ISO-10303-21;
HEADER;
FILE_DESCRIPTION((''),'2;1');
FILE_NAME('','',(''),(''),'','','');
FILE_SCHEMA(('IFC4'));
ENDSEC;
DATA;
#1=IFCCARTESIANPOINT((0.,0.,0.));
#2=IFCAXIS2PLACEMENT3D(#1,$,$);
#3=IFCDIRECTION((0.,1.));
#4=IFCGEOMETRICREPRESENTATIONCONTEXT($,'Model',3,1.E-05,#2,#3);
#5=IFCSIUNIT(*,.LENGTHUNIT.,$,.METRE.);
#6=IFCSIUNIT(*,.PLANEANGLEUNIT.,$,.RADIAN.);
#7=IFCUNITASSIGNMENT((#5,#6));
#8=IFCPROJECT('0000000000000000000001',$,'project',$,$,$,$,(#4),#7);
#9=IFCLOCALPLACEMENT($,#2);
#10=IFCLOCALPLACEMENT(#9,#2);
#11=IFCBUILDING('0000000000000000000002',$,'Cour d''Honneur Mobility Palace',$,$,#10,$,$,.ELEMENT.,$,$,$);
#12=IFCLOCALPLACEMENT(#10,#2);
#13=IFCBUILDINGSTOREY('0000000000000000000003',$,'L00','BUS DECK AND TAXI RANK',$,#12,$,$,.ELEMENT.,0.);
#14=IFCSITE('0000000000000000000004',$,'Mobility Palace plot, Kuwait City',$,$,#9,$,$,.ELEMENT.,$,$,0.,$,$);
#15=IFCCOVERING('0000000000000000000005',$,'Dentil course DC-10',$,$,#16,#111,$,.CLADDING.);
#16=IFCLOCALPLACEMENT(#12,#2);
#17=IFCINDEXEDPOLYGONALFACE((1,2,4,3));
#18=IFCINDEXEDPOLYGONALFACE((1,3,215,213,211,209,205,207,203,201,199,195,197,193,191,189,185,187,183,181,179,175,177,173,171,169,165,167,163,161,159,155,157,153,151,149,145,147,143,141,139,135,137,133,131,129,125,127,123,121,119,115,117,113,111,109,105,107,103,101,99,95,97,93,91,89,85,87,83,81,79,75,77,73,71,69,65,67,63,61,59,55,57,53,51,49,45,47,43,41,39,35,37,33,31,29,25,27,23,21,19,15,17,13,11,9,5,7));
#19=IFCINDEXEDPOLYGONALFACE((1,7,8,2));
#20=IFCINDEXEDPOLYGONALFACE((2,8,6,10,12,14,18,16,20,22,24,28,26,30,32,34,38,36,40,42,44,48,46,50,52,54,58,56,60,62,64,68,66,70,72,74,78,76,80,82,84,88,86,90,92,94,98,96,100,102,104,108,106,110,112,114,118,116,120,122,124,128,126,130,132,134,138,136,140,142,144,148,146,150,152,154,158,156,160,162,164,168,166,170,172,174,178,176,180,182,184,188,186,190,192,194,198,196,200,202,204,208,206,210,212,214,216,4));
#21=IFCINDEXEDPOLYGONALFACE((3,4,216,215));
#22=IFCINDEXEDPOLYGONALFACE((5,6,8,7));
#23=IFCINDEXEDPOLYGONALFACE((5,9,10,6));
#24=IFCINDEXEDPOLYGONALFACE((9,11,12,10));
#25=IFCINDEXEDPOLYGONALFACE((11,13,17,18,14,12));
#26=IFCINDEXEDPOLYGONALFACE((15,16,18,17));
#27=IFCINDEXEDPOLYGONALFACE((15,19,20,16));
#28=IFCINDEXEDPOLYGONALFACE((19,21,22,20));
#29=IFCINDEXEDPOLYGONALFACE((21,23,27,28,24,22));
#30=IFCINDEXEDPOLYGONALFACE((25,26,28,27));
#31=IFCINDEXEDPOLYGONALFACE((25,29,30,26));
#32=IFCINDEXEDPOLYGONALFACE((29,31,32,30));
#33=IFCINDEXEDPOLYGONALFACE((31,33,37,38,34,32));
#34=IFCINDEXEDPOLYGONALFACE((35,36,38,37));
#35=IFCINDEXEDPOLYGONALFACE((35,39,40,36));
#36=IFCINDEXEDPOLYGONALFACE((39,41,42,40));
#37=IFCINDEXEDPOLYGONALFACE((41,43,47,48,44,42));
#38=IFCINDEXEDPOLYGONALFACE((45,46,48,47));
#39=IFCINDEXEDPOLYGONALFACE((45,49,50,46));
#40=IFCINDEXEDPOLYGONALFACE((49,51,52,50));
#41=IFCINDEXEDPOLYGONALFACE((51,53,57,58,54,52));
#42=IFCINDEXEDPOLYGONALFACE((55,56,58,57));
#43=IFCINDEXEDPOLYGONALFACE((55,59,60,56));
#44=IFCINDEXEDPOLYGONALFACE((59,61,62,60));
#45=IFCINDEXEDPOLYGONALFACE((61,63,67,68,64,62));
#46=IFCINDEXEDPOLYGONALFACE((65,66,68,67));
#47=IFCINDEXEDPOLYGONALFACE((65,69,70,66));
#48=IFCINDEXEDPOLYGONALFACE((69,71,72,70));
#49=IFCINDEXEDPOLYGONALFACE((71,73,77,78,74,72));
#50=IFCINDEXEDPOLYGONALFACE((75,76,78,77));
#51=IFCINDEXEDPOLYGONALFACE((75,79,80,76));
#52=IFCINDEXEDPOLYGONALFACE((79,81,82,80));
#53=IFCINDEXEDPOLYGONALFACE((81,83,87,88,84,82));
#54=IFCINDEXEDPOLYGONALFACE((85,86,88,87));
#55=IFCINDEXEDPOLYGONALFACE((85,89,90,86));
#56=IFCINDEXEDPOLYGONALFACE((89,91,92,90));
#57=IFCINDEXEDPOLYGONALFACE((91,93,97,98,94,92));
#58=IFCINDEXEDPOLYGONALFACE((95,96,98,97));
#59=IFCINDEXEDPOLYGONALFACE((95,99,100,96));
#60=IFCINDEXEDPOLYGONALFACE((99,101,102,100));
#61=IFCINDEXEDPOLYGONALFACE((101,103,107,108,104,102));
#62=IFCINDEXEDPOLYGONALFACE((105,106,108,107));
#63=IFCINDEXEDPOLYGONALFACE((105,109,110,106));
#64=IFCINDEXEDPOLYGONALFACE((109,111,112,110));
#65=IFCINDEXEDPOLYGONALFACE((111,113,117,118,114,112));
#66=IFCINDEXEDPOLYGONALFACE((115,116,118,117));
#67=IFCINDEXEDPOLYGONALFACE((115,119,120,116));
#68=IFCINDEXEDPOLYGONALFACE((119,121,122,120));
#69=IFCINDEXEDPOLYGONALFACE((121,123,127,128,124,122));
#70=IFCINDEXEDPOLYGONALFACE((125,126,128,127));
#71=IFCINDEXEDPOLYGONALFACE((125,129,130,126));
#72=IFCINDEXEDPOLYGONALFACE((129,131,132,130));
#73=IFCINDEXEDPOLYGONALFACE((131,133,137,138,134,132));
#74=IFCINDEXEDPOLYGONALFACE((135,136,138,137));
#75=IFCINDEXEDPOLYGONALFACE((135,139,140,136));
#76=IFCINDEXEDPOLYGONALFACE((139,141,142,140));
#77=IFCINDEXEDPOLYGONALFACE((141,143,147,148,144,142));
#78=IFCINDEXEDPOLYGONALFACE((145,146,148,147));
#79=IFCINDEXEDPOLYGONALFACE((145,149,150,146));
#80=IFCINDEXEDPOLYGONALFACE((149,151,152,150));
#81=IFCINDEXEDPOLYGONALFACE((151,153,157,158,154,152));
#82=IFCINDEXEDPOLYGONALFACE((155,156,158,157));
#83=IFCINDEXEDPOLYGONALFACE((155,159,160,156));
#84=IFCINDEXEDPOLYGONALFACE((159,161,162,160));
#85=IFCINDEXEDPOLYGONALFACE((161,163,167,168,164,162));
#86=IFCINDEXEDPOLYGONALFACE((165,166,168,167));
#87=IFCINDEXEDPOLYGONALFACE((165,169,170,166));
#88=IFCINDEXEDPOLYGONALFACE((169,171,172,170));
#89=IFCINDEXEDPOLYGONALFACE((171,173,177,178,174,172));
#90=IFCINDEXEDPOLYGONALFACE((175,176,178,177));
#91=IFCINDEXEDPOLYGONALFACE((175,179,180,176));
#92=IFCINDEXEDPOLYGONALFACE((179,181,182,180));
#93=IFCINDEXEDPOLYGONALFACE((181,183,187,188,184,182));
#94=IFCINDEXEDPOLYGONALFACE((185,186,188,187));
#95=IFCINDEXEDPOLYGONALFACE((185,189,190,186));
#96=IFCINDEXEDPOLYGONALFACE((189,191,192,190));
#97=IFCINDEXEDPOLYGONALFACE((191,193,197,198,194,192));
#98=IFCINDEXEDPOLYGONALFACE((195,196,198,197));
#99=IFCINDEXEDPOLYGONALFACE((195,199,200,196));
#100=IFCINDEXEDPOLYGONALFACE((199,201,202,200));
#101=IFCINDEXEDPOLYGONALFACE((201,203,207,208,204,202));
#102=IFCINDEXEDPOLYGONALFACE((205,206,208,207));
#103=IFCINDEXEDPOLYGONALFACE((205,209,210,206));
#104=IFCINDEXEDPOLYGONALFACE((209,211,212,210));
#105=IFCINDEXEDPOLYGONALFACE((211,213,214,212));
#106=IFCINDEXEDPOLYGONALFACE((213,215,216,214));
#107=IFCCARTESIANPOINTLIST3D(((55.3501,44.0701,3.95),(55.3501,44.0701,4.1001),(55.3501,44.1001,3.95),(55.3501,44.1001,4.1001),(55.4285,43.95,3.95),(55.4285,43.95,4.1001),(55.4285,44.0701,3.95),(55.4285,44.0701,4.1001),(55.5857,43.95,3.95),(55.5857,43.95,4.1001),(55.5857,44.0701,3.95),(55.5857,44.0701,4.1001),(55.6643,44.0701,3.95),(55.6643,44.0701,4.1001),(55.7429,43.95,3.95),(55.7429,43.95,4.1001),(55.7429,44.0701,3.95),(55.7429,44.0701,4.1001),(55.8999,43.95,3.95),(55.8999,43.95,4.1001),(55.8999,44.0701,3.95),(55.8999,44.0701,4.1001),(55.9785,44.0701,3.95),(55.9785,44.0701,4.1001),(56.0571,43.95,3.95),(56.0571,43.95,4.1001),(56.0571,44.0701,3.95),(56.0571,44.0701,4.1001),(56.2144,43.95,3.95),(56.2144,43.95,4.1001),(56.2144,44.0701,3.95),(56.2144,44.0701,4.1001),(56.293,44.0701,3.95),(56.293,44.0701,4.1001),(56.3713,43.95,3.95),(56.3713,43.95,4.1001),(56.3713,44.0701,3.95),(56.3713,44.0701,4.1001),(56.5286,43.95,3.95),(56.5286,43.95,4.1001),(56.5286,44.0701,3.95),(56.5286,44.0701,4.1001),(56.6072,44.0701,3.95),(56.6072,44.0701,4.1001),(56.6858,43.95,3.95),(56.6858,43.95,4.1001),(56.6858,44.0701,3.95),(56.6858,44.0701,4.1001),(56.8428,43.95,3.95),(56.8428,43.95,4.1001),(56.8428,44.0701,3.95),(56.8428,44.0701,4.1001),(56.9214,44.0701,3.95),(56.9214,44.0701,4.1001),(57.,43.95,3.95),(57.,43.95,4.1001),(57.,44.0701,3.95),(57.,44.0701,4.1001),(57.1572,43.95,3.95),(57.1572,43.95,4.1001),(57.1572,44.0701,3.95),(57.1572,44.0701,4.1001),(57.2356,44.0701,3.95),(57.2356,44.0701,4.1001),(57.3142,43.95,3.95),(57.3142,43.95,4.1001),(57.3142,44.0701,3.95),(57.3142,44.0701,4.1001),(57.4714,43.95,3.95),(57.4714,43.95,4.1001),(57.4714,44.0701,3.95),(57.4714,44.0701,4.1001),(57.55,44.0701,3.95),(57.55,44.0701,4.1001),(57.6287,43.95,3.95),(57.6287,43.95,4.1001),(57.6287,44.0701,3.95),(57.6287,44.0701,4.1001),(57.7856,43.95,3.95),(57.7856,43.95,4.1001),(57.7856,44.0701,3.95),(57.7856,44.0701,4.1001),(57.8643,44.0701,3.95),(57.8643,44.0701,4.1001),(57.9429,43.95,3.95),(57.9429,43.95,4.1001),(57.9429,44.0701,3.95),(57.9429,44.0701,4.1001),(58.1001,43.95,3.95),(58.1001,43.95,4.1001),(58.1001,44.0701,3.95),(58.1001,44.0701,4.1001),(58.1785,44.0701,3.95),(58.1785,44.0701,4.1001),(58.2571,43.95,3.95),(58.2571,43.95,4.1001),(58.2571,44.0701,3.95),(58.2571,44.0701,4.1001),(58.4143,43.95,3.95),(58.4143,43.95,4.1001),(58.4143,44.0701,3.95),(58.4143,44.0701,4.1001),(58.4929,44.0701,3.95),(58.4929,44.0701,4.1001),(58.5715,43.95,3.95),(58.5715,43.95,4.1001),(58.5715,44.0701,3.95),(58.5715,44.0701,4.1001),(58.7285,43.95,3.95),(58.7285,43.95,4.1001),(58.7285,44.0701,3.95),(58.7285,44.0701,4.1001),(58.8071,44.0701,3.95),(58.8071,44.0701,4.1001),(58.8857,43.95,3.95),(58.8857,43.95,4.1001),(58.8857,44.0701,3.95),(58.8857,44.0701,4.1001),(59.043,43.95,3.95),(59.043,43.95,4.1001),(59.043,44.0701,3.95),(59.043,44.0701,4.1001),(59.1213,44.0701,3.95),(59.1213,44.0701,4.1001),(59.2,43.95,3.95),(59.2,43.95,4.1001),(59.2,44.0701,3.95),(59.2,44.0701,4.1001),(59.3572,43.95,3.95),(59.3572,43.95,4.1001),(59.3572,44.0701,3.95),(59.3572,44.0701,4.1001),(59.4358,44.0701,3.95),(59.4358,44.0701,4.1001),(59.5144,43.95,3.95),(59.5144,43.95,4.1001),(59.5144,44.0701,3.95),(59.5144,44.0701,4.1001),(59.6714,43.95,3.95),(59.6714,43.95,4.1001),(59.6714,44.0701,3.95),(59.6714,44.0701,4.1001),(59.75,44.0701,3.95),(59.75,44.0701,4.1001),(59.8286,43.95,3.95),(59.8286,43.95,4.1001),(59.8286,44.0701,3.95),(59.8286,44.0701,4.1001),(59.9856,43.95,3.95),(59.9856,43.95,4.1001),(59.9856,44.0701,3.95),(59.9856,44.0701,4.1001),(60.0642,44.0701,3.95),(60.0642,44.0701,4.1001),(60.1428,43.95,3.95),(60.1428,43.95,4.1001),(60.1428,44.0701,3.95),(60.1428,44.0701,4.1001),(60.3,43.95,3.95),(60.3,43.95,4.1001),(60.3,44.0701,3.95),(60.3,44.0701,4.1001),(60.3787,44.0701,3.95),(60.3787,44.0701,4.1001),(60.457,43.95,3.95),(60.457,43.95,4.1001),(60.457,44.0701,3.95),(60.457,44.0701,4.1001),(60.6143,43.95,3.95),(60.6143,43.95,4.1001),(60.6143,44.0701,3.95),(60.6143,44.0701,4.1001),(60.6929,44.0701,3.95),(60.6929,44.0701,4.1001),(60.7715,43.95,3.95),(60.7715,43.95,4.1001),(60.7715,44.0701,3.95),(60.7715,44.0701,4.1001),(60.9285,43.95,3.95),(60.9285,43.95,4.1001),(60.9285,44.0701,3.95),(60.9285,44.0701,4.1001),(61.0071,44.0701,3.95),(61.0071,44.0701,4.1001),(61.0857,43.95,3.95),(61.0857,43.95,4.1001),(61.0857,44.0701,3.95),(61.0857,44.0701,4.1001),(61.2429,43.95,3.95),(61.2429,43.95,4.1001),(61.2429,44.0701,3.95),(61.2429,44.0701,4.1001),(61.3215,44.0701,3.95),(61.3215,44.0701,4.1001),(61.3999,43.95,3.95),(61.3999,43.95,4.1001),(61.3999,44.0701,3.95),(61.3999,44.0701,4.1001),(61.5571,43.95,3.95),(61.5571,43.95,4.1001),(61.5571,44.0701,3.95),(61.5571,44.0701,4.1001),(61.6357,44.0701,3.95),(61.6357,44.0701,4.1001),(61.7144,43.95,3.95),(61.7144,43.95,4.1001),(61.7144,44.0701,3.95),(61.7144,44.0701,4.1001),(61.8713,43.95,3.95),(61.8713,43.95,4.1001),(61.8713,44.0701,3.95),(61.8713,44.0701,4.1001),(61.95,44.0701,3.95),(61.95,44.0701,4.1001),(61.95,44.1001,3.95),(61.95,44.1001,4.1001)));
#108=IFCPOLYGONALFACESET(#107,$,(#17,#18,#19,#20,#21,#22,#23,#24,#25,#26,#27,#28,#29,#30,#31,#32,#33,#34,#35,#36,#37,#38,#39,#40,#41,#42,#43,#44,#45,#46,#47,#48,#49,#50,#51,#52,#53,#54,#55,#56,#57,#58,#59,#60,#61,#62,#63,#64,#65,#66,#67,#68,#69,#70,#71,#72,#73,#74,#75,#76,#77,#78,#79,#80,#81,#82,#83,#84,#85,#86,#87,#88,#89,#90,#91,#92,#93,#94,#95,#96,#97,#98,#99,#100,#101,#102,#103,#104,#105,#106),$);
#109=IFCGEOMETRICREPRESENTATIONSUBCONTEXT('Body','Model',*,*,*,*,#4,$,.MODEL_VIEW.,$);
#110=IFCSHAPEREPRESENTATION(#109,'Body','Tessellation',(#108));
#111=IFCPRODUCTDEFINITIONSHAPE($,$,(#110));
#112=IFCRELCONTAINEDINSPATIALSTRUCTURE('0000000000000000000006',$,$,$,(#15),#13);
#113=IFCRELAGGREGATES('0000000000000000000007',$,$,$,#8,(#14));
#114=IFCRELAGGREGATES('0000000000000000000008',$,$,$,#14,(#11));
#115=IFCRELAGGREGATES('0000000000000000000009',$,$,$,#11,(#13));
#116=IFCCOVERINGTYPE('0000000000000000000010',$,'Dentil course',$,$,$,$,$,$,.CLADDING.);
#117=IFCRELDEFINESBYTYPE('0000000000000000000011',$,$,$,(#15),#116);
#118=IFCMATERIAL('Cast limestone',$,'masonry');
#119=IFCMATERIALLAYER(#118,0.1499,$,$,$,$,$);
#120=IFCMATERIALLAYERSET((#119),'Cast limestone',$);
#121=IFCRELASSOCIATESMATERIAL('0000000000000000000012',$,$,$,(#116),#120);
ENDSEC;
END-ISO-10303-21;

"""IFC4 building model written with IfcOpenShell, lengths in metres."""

from ifc_helpers import new_model, si_unit, direction, frame, origin, place, context, subcontext, project, spatial, polyline, outline, extrude, material, layer, layer_set, type_object, element, save


model = new_model("IFC4")

# Units and contexts
model_context = context("Model", 3, precision=1e-05, world=origin(), true_north=direction((0.0, 1.0)))
body_context = subcontext(model_context, "Body", "Model", "MODEL_VIEW")
ifc_project = project(units=[si_unit("LENGTHUNIT", "METRE"), si_unit("PLANEANGLEUNIT", "RADIAN")], contexts=[model_context])

# Site, building, storey
site_placement = place(None, origin())
site = spatial("IfcSite", under=ifc_project, at=site_placement, Name="Mobility Palace plot, Kuwait City", CompositionType="ELEMENT", RefElevation=0.0)
building_placement = place(site_placement, origin())
building = spatial("IfcBuilding", under=site, at=building_placement, Name="Cour d'Honneur Mobility Palace", CompositionType="ELEMENT")
storey_placement = place(building_placement, origin())
storey = spatial("IfcBuildingStorey", under=building, at=storey_placement, Name="L00", Description="BUS DECK AND TAXI RANK", CompositionType="ELEMENT", Elevation=0.0)

# Covering
ifc_material = material(Name="Cast limestone", Category="masonry")
ifc_layer = layer(ifc_material, 0.1499)
ifc_layer_set = layer_set([ifc_layer], Name="Cast limestone")
covering_type = type_object("IfcCoveringType", Name="Dentil course", PredefinedType="CLADDING", material=ifc_layer_set)
covering_1_placement = place(storey_placement, frame((0.0, 0.0, 3.95)))
element("IfcCovering", 1, at=covering_1_placement, inside=storey, type_object=covering_type, Name="Dentil course DC-10", PredefinedType="CLADDING", context=body_context, shape_type="SweptSolid", body=[
    extrude(outline(polyline([(55.3501, 44.1001), (61.95, 44.1001), (61.95, 44.0701), (61.95, 44.0701), (61.8713, 44.0701), (61.8713, 43.95), (61.7144, 43.95), (61.7144, 44.0701), (61.6357, 44.0701), (61.6357, 44.0701), (61.5571, 44.0701), (61.5571, 43.95), (61.3999, 43.95), (61.3999, 44.0701), (61.3215, 44.0701), (61.3215, 44.0701), (61.2429, 44.0701), (61.2429, 43.95), (61.0857, 43.95), (61.0857, 44.0701), (61.0071, 44.0701), (61.0071, 44.0701), (60.9285, 44.0701), (60.9285, 43.95), (60.7715, 43.95), (60.7715, 44.0701), (60.6929, 44.0701), (60.6929, 44.0701), (60.6143, 44.0701), (60.6143, 43.95), (60.457, 43.95), (60.457, 44.0701), (60.3787, 44.0701), (60.3787, 44.0701), (60.3, 44.0701), (60.3, 43.95), (60.1428, 43.95), (60.1428, 44.0701), (60.0642, 44.0701), (60.0642, 44.0701), (59.9856, 44.0701), (59.9856, 43.95), (59.8286, 43.95), (59.8286, 44.0701), (59.75, 44.0701), (59.75, 44.0701), (59.6714, 44.0701), (59.6714, 43.95), (59.5144, 43.95), (59.5144, 44.0701), (59.4358, 44.0701), (59.4358, 44.0701), (59.3572, 44.0701), (59.3572, 43.95), (59.2, 43.95), (59.2, 44.0701), (59.1213, 44.0701), (59.1213, 44.0701), (59.043, 44.0701), (59.043, 43.95), (58.8857, 43.95), (58.8857, 44.0701), (58.8071, 44.0701), (58.8071, 44.0701), (58.7285, 44.0701), (58.7285, 43.95), (58.5715, 43.95), (58.5715, 44.0701), (58.4929, 44.0701), (58.4929, 44.0701), (58.4143, 44.0701), (58.4143, 43.95), (58.2571, 43.95), (58.2571, 44.0701), (58.1785, 44.0701), (58.1785, 44.0701), (58.1001, 44.0701), (58.1001, 43.95), (57.9429, 43.95), (57.9429, 44.0701), (57.8643, 44.0701), (57.8643, 44.0701), (57.7856, 44.0701), (57.7856, 43.95), (57.6287, 43.95), (57.6287, 44.0701), (57.55, 44.0701), (57.55, 44.0701), (57.4714, 44.0701), (57.4714, 43.95), (57.3142, 43.95), (57.3142, 44.0701), (57.2356, 44.0701), (57.2356, 44.0701), (57.1572, 44.0701), (57.1572, 43.95), (57.0, 43.95), (57.0, 44.0701), (56.9214, 44.0701), (56.9214, 44.0701), (56.8428, 44.0701), (56.8428, 43.95), (56.6858, 43.95), (56.6858, 44.0701), (56.6072, 44.0701), (56.6072, 44.0701), (56.5286, 44.0701), (56.5286, 43.95), (56.3713, 43.95), (56.3713, 44.0701), (56.293, 44.0701), (56.293, 44.0701), (56.2144, 44.0701), (56.2144, 43.95), (56.0571, 43.95), (56.0571, 44.0701), (55.9785, 44.0701), (55.9785, 44.0701), (55.8999, 44.0701), (55.8999, 43.95), (55.7429, 43.95), (55.7429, 44.0701), (55.6643, 44.0701), (55.6643, 44.0701), (55.5857, 44.0701), (55.5857, 43.95), (55.4285, 43.95), (55.4285, 44.0701), (55.3501, 44.0701), (55.3501, 44.1001)])), origin(), (0.0, 0.0, 1.0), 0.1501),
])

save(model, "model.ifc")
